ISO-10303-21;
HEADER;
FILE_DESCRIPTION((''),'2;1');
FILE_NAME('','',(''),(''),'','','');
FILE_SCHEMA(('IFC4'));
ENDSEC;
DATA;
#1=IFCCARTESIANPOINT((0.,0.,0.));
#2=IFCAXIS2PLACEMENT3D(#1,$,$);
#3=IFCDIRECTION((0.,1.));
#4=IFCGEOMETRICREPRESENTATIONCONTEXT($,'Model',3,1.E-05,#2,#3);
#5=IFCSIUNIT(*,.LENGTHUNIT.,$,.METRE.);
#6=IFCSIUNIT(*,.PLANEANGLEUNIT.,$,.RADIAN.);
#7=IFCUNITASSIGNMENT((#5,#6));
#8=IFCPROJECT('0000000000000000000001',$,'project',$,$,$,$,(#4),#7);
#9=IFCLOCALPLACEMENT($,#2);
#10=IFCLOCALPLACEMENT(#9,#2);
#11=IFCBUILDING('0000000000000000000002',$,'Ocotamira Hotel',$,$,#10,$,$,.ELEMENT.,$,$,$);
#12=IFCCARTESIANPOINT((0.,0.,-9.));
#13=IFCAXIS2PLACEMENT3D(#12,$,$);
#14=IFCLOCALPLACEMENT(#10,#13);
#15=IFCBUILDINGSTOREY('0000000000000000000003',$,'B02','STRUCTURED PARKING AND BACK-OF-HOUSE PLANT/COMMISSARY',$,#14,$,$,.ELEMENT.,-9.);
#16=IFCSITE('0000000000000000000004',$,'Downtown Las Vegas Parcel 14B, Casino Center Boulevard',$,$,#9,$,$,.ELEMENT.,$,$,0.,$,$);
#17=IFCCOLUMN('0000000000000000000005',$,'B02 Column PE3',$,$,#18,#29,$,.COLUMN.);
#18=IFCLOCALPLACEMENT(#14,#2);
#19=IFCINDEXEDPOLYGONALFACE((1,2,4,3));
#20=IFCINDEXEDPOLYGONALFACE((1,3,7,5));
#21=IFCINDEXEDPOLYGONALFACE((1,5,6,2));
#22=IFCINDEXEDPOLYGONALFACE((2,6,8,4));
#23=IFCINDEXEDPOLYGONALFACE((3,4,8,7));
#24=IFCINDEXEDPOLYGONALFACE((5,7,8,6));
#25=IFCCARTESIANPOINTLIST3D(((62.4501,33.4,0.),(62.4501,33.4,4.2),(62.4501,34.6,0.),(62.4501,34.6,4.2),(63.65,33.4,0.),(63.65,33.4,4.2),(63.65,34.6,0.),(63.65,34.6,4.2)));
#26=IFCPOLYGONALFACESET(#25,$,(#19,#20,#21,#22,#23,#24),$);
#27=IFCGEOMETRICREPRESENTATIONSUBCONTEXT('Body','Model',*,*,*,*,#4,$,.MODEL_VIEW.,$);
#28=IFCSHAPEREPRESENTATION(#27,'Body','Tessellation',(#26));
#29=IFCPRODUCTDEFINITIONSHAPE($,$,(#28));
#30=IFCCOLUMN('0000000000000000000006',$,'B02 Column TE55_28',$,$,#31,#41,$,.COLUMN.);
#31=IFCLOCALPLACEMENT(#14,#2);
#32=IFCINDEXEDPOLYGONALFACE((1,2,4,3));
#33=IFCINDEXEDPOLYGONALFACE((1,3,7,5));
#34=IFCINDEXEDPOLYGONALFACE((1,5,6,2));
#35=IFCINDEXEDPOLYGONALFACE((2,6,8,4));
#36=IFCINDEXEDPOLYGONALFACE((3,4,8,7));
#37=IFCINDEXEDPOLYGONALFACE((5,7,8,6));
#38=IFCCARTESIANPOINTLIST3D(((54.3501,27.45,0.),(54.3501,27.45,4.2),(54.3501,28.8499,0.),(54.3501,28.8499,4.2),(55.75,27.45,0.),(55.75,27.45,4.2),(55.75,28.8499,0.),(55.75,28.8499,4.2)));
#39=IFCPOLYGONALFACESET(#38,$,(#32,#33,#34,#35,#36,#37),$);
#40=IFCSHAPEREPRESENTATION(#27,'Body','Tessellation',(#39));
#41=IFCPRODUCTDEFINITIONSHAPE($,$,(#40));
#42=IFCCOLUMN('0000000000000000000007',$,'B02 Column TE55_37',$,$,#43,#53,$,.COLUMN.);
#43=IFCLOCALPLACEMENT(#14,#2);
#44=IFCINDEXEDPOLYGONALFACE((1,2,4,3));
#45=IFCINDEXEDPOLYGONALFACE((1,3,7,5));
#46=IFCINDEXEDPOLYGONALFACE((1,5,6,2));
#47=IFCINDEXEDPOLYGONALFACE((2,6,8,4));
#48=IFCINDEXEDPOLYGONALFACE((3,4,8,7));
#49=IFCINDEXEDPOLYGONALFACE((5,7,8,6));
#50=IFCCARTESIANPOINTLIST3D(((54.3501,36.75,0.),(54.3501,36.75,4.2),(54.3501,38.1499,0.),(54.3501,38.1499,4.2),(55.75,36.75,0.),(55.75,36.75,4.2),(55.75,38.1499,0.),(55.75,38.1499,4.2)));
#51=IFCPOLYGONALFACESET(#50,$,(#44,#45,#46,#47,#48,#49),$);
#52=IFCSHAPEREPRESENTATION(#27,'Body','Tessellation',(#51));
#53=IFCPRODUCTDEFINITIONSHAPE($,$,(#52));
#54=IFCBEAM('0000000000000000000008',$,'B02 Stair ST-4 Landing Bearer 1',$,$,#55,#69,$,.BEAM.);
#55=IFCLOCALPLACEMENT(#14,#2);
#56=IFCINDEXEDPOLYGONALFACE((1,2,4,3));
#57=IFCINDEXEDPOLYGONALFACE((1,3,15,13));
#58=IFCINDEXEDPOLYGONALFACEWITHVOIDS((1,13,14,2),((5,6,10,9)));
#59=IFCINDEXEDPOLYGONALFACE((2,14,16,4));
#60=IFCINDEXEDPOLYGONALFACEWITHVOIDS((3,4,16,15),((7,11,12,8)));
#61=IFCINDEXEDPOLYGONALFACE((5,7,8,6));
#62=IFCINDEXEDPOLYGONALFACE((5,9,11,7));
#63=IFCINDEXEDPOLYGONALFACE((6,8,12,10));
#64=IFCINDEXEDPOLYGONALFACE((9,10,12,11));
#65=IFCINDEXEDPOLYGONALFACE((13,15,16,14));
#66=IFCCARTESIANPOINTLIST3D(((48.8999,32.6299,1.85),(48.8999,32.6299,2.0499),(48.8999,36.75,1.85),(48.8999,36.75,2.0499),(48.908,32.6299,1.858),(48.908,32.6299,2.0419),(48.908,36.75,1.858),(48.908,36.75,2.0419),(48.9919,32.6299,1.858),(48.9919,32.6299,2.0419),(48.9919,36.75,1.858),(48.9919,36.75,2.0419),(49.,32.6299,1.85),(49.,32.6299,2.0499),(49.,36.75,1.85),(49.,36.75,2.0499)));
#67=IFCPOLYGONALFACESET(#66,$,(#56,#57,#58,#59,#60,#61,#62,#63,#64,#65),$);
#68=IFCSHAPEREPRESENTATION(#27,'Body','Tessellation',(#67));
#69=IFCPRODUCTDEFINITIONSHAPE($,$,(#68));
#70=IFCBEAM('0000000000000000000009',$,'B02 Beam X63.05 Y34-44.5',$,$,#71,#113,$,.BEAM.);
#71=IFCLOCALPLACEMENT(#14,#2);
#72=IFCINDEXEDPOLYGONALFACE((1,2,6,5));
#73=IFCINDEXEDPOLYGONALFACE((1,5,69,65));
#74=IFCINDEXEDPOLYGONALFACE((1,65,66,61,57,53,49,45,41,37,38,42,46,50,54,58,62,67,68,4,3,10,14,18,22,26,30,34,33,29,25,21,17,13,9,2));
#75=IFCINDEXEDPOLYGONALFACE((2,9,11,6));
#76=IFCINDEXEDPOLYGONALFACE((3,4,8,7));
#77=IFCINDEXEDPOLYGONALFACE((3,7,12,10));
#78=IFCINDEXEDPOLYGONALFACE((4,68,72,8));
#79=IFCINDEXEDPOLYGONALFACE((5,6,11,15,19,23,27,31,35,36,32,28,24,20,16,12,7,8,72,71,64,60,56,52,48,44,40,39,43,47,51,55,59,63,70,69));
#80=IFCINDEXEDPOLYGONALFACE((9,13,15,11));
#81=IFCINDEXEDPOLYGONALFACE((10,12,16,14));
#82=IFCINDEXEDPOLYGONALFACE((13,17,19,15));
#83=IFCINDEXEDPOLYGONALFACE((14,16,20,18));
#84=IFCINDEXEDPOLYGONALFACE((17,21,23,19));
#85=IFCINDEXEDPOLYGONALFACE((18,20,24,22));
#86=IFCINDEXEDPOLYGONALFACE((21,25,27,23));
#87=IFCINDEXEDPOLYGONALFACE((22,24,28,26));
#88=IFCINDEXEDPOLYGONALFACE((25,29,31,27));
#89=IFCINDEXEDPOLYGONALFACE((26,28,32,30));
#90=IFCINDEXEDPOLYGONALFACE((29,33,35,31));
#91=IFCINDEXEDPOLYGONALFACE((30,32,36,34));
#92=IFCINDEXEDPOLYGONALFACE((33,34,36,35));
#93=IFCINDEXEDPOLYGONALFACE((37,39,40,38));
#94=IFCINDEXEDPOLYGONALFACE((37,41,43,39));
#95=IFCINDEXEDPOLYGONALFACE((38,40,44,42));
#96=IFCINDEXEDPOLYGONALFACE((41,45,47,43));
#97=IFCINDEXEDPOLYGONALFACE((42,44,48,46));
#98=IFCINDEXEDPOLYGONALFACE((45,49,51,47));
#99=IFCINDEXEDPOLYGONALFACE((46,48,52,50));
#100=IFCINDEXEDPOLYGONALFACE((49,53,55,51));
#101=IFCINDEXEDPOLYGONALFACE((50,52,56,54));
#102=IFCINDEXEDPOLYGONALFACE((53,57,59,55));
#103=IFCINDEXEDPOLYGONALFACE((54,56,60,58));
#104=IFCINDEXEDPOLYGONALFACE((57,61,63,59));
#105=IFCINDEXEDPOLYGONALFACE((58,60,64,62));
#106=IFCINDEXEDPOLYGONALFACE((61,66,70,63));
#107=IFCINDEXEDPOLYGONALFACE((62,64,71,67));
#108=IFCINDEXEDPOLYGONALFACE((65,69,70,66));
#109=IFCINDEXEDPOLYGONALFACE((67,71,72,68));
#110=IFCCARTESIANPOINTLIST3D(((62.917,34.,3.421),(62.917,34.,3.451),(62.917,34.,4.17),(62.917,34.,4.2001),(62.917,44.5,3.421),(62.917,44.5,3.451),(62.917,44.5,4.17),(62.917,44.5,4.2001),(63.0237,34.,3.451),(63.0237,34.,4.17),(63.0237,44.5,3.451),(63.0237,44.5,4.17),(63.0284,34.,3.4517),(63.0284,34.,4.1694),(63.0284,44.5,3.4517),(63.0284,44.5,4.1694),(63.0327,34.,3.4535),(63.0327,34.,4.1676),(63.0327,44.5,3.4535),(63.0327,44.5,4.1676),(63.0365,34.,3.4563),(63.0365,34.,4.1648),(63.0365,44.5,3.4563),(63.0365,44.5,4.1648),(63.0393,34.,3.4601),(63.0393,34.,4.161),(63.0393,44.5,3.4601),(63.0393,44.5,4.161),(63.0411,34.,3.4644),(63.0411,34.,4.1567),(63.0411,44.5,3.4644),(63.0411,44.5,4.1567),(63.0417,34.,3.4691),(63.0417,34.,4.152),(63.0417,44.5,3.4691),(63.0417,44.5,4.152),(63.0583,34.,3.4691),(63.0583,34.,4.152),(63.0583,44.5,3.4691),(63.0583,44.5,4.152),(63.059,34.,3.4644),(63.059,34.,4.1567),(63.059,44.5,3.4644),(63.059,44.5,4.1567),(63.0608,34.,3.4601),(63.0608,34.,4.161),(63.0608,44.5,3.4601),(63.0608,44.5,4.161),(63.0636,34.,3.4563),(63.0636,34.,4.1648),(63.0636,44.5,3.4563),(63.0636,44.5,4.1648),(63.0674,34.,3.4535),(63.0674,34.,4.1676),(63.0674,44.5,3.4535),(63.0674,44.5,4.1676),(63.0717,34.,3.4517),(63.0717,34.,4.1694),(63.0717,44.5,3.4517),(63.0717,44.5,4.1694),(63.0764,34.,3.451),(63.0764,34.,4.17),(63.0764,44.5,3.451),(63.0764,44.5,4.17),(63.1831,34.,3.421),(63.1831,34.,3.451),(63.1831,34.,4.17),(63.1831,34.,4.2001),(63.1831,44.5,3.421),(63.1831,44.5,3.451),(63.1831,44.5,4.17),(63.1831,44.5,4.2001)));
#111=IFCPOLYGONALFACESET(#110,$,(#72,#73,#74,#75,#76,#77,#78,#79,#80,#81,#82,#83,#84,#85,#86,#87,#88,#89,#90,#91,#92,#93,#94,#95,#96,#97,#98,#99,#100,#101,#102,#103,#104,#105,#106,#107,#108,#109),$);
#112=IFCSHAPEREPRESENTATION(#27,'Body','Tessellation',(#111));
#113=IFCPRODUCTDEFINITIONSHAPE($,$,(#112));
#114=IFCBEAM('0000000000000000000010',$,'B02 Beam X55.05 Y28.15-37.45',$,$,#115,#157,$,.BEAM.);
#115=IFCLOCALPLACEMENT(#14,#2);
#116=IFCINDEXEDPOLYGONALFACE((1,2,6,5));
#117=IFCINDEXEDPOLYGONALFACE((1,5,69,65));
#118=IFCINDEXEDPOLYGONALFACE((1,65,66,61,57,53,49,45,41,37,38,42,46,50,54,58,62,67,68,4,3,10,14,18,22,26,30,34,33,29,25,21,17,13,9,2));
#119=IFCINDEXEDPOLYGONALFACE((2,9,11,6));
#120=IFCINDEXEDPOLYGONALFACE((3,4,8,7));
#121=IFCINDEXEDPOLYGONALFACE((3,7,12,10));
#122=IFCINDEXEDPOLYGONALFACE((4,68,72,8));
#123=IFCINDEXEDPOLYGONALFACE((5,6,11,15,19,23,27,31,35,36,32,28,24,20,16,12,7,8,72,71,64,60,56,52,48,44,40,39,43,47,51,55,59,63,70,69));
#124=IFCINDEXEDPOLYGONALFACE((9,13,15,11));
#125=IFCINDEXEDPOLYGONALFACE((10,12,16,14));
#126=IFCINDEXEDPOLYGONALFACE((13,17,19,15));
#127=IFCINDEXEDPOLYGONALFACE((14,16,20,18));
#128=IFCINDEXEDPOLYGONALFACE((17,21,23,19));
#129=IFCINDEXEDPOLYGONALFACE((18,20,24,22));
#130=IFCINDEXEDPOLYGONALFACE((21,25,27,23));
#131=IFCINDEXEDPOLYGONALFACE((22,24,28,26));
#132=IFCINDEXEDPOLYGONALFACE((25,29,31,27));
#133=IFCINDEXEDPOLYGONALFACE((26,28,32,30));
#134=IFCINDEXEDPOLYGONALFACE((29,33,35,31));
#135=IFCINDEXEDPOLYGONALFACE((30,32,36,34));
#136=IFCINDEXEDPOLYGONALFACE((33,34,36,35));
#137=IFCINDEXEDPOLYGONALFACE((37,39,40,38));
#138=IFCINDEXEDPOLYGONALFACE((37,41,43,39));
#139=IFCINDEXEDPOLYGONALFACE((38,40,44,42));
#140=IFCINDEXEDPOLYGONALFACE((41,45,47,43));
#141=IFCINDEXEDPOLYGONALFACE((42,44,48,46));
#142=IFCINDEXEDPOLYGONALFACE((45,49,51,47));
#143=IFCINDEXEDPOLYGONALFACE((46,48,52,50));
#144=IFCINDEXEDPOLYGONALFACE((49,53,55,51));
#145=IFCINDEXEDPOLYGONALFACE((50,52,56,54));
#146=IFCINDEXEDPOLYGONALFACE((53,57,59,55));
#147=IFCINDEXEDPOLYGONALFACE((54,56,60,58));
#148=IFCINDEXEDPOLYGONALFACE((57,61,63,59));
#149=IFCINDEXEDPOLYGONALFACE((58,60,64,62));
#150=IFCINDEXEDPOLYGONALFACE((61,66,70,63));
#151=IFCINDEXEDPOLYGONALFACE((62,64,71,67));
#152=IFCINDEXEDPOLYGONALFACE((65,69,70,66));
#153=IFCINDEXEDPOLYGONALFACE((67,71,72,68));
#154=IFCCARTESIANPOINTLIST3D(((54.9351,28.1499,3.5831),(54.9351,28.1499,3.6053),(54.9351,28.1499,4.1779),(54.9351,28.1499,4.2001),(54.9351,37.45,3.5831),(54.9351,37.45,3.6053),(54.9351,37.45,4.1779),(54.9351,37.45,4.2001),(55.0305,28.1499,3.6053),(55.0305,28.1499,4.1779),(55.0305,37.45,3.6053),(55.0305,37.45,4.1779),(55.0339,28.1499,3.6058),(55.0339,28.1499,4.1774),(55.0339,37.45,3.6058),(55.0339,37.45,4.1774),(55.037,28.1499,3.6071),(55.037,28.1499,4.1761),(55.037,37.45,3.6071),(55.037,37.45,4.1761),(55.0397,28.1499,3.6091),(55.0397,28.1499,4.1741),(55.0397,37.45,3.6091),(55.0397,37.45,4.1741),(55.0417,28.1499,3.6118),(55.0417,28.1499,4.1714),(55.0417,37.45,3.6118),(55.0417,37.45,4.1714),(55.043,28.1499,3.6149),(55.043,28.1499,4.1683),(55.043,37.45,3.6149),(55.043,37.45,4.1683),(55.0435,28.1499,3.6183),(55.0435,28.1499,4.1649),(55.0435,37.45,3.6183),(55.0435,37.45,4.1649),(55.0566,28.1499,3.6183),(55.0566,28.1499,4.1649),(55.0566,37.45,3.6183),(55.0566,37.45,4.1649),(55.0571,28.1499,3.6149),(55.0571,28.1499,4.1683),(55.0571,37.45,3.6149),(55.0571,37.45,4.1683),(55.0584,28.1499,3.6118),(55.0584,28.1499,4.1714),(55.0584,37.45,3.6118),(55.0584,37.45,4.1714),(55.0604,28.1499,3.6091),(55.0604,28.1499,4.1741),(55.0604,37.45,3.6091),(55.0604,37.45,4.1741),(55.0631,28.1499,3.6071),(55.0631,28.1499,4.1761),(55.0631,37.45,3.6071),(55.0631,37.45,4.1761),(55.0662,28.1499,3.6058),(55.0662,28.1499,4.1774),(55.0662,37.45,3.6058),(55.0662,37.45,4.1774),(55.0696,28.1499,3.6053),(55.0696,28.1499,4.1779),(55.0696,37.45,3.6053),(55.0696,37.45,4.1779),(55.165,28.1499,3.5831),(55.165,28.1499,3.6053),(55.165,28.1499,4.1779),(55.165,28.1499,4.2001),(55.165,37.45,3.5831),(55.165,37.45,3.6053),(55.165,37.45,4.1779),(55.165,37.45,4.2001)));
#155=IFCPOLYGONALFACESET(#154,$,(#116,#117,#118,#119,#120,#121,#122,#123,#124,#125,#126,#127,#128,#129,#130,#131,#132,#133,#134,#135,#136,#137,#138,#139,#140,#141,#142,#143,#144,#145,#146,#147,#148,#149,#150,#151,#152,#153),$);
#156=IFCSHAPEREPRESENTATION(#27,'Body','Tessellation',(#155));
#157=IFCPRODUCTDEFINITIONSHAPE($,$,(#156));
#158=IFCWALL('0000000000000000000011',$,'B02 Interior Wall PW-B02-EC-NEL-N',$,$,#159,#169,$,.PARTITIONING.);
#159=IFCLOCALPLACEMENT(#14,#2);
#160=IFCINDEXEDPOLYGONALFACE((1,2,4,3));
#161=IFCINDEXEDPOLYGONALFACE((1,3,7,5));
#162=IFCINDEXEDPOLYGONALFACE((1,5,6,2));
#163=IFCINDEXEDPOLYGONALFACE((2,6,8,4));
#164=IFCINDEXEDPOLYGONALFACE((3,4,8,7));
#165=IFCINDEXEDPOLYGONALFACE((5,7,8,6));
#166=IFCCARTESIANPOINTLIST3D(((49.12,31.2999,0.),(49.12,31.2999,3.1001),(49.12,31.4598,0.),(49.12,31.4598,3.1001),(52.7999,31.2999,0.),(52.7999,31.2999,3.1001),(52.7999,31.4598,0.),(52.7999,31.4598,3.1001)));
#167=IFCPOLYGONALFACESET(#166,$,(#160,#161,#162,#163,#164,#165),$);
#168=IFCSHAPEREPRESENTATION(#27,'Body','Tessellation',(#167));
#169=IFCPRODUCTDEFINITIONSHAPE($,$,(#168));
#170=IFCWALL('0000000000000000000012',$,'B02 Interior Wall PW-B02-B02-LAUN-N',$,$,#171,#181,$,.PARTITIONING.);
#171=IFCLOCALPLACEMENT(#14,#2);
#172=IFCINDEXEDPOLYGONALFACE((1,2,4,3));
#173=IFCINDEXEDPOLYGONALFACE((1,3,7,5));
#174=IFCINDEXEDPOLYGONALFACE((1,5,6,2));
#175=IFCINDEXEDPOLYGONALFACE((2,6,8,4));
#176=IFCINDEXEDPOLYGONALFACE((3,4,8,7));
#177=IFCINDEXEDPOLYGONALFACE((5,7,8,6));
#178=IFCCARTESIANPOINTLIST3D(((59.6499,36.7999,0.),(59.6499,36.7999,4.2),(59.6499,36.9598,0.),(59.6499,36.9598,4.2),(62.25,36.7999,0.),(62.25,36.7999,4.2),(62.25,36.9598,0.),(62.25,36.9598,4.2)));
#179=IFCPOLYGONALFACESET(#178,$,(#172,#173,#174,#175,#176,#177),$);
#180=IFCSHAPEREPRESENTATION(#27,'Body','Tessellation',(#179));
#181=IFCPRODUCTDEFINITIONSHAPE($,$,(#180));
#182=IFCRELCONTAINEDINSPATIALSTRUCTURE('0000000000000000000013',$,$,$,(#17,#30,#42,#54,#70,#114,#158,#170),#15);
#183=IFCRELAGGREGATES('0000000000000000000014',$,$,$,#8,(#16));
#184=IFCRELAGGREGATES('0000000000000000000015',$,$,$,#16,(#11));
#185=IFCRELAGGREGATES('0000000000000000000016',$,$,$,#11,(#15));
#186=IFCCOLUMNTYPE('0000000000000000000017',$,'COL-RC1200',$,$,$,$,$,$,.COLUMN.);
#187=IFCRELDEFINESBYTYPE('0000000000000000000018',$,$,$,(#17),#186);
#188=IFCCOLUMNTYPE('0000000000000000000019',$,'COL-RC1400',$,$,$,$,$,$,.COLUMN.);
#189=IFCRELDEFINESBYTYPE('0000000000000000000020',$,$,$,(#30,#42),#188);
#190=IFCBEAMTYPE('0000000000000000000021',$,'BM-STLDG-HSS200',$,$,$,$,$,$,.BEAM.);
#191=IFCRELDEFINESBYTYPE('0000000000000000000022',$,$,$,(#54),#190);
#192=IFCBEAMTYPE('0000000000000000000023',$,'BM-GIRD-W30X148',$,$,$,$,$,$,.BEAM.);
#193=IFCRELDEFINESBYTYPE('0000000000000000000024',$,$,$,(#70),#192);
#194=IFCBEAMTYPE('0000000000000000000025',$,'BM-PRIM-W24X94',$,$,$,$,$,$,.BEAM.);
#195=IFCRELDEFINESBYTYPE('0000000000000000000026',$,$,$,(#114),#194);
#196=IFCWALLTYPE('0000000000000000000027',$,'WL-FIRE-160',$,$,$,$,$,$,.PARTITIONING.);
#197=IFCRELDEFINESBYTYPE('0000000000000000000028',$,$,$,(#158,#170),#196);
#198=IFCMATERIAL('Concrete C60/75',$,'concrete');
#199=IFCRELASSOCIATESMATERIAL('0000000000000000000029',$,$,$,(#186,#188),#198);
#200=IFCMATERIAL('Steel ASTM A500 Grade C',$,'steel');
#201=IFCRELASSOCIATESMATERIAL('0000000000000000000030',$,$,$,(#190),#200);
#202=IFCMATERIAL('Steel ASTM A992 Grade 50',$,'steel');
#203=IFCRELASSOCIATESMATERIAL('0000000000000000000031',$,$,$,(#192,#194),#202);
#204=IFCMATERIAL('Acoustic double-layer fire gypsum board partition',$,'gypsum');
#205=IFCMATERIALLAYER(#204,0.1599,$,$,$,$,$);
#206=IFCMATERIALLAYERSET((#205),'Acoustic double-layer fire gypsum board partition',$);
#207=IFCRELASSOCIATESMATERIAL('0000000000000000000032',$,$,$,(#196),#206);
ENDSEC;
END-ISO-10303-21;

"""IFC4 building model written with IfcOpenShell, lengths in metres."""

from ifc_helpers import new_model, si_unit, direction, frame, frame_2d, origin, origin_2d, place, context, subcontext, project, spatial, rectangle, hollow_rectangle, i_section, extrude, source, transform, mapped, material, layer, layer_set, material_profile, profile_set, type_object, element, save


model = new_model("IFC4")

# Units and contexts
model_context = context("Model", 3, precision=1e-05, world=origin(), true_north=direction((0.0, 1.0)))
body_context = subcontext(model_context, "Body", "Model", "MODEL_VIEW")
ifc_project = project(units=[si_unit("LENGTHUNIT", "METRE"), si_unit("PLANEANGLEUNIT", "RADIAN")], contexts=[model_context])

# Site, building, storey
site_placement = place(None, origin())
site = spatial("IfcSite", under=ifc_project, at=site_placement, Name="Downtown Las Vegas Parcel 14B, Casino Center Boulevard", CompositionType="ELEMENT", RefElevation=0.0)
building_placement = place(site_placement, origin())
building = spatial("IfcBuilding", under=site, at=building_placement, Name="Ocotamira Hotel", CompositionType="ELEMENT")
storey_placement = place(building_placement, frame((0.0, 0.0, -9.0)))
storey = spatial("IfcBuildingStorey", under=building, at=storey_placement, Name="B02", Description="STRUCTURED PARKING AND BACK-OF-HOUSE PLANT/COMMISSARY", CompositionType="ELEMENT", Elevation=-9.0)

# Columns
ifc_material_1 = material(Name="Concrete C60/75", Category="concrete")
ifc_material_profile_1 = material_profile(ifc_material_1, rectangle(XDim=1.2, YDim=1.2, at=origin_2d()), Name="RC1200X1200")
ifc_profile_set_1 = profile_set([ifc_material_profile_1], Name="Concrete C60/75")
column_type_1 = type_object("IfcColumnType", Name="COL-RC1200", PredefinedType="COLUMN", material=ifc_profile_set_1)
shared_shape_1 = source(origin(), body_context, "Body", "SweptSolid", [
    extrude(rectangle(XDim=1.2, YDim=1.2, at=origin_2d()), origin(), (0.0, 0.0, 1.0), 4.2),
])
column_placement = place(storey_placement, frame((63.05, 34.0, 0.0), z_axis=(0.0, 0.0, 1.0), x_axis=(1.0, 0.0, 0.0)))
element("IfcColumn", 1, at=column_placement, inside=storey, type_object=column_type_1, Name="B02 Column PE3", PredefinedType="COLUMN", context=body_context, shape_type="MappedRepresentation", body=[
    mapped(shared_shape_1, transform((0.0, 0.0, 0.0), scale=1.0)),
])
ifc_material_profile_2 = material_profile(ifc_material_1, rectangle(XDim=1.3999, YDim=1.3999, at=origin_2d()), Name="RC1400X1400")
ifc_profile_set_2 = profile_set([ifc_material_profile_2], Name="Concrete C60/75")
column_type_2 = type_object("IfcColumnType", Name="COL-RC1400", PredefinedType="COLUMN", material=ifc_profile_set_2)
shared_shape_2 = source(origin(), body_context, "Body", "SweptSolid", [
    extrude(rectangle(XDim=1.3999, YDim=1.3999, at=origin_2d()), origin(), (0.0, 0.0, 1.0), 4.2),
])
for number, where, z_axis, x_axis, name in (
    (2, (55.05, 28.1499, 0.0), (0.0, 0.0, 1.0), (1.0, 0.0, 0.0), "B02 Column TE55_28"),
    (3, (55.05, 37.45, 0.0), (0.0, 0.0, 1.0), (1.0, 0.0, 0.0), "B02 Column TE55_37"),
):
    element("IfcColumn", number, at=place(storey_placement, frame(where, z_axis=z_axis, x_axis=x_axis)), inside=storey, type_object=column_type_2, Name=name, PredefinedType="COLUMN", context=body_context, shape_type="MappedRepresentation", body=[
        mapped(shared_shape_2, transform((0.0, 0.0, 0.0), scale=1.0)),
    ])

# Beams
ifc_material_2 = material(Name="Steel ASTM A500 Grade C", Category="steel")
ifc_material_profile_3 = material_profile(ifc_material_2, hollow_rectangle(XDim=0.1001, YDim=0.2, WallThickness=0.0081, at=origin_2d()), Name="HSS200X100X8")
ifc_profile_set_3 = profile_set([ifc_material_profile_3], Name="Steel ASTM A500 Grade C")
beam_type_1 = type_object("IfcBeamType", Name="BM-STLDG-HSS200", PredefinedType="BEAM", material=ifc_profile_set_3)
shared_shape_3 = source(origin(), body_context, "Body", "SweptSolid", [
    extrude(hollow_rectangle(XDim=0.1001, YDim=0.2, WallThickness=0.0081, at=origin_2d()), origin(), (0.0, 0.0, 1.0), 4.1201),
])
beam_1_placement = place(storey_placement, frame((48.95, 32.6299, 1.95), z_axis=(0.0, 1.0, 0.0), x_axis=(-1.0, 0.0, 0.0)))
element("IfcBeam", 4, at=beam_1_placement, inside=storey, type_object=beam_type_1, Name="B02 Stair ST-4 Landing Bearer 1", PredefinedType="BEAM", context=body_context, shape_type="MappedRepresentation", body=[
    mapped(shared_shape_3, transform((0.0, 0.0, 0.0), scale=1.0)),
])
ifc_material_3 = material(Name="Steel ASTM A992 Grade 50", Category="steel")
ifc_material_profile_4 = material_profile(ifc_material_3, i_section(OverallWidth=0.2661, OverallDepth=0.7791, WebThickness=0.0166, FlangeThickness=0.03, FilletRadius=0.0181, at=origin_2d()), Name="W30X148")
ifc_profile_set_4 = profile_set([ifc_material_profile_4], Name="Steel ASTM A992 Grade 50")
beam_type_2 = type_object("IfcBeamType", Name="BM-GIRD-W30X148", PredefinedType="BEAM", material=ifc_profile_set_4)
shared_shape_4 = source(origin(), body_context, "Body", "SweptSolid", [
    extrude(i_section(OverallWidth=0.2661, OverallDepth=0.7791, WebThickness=0.0166, FlangeThickness=0.03, FilletRadius=0.0181, at=origin_2d()), origin(), (0.0, 0.0, 1.0), 10.5),
])
beam_2_placement = place(storey_placement, frame((63.05, 34.0, 3.8105), z_axis=(0.0, 1.0, 0.0), x_axis=(-1.0, 0.0, 0.0)))
element("IfcBeam", 5, at=beam_2_placement, inside=storey, type_object=beam_type_2, Name="B02 Beam X63.05 Y34-44.5", PredefinedType="BEAM", context=body_context, shape_type="MappedRepresentation", body=[
    mapped(shared_shape_4, transform((0.0, 0.0, 0.0), scale=1.0)),
])
ifc_material_profile_5 = material_profile(ifc_material_3, i_section(OverallWidth=0.23, OverallDepth=0.6169, WebThickness=0.0132, FlangeThickness=0.0222, FilletRadius=0.0129, at=origin_2d()), Name="W24X94")
ifc_profile_set_5 = profile_set([ifc_material_profile_5], Name="Steel ASTM A992 Grade 50")
beam_type_3 = type_object("IfcBeamType", Name="BM-PRIM-W24X94", PredefinedType="BEAM", material=ifc_profile_set_5)
shared_shape_5 = source(origin(), body_context, "Body", "SweptSolid", [
    extrude(i_section(OverallWidth=0.23, OverallDepth=0.6169, WebThickness=0.0132, FlangeThickness=0.0222, FilletRadius=0.0129, at=origin_2d()), origin(), (0.0, 0.0, 1.0), 9.3),
])
beam_3_placement = place(storey_placement, frame((55.05, 28.1499, 3.8916), z_axis=(0.0, 1.0, 0.0), x_axis=(-1.0, 0.0, 0.0)))
element("IfcBeam", 6, at=beam_3_placement, inside=storey, type_object=beam_type_3, Name="B02 Beam X55.05 Y28.15-37.45", PredefinedType="BEAM", context=body_context, shape_type="MappedRepresentation", body=[
    mapped(shared_shape_5, transform((0.0, 0.0, 0.0), scale=1.0)),
])

# Walls
ifc_material_4 = material(Name="Acoustic double-layer fire gypsum board partition", Category="gypsum")
ifc_layer_1 = layer(ifc_material_4, 0.1599)
ifc_layer_set_1 = layer_set([ifc_layer_1], Name="Acoustic double-layer fire gypsum board partition")
wall_type_1 = type_object("IfcWallType", Name="WL-FIRE-160", PredefinedType="PARTITIONING", material=ifc_layer_set_1)
wall_1_placement = place(storey_placement, frame((49.1201, 31.3799, 0.0), z_axis=(0.0, 0.0, 1.0), x_axis=(1.0, 0.0, 0.0)))
element("IfcWall", 7, at=wall_1_placement, inside=storey, type_object=wall_type_1, Name="B02 Interior Wall PW-B02-EC-NEL-N", PredefinedType="PARTITIONING", context=body_context, shape_type="SweptSolid", body=[
    extrude(rectangle(XDim=3.6799, YDim=0.1599, at=frame_2d((1.8398, 0.0))), origin(), (0.0, 0.0, 1.0), 3.1001),
])
wall_2_placement = place(storey_placement, frame((59.6499, 36.8799, 0.0), z_axis=(0.0, 0.0, 1.0), x_axis=(1.0, 0.0, 0.0)))
element("IfcWall", 8, at=wall_2_placement, inside=storey, type_object=wall_type_1, Name="B02 Interior Wall PW-B02-B02-LAUN-N", PredefinedType="PARTITIONING", context=body_context, shape_type="SweptSolid", body=[
    extrude(rectangle(XDim=2.6001, YDim=0.1599, at=frame_2d((1.3, 0.0))), origin(), (0.0, 0.0, 1.0), 4.2),
])

save(model, "model.ifc")
